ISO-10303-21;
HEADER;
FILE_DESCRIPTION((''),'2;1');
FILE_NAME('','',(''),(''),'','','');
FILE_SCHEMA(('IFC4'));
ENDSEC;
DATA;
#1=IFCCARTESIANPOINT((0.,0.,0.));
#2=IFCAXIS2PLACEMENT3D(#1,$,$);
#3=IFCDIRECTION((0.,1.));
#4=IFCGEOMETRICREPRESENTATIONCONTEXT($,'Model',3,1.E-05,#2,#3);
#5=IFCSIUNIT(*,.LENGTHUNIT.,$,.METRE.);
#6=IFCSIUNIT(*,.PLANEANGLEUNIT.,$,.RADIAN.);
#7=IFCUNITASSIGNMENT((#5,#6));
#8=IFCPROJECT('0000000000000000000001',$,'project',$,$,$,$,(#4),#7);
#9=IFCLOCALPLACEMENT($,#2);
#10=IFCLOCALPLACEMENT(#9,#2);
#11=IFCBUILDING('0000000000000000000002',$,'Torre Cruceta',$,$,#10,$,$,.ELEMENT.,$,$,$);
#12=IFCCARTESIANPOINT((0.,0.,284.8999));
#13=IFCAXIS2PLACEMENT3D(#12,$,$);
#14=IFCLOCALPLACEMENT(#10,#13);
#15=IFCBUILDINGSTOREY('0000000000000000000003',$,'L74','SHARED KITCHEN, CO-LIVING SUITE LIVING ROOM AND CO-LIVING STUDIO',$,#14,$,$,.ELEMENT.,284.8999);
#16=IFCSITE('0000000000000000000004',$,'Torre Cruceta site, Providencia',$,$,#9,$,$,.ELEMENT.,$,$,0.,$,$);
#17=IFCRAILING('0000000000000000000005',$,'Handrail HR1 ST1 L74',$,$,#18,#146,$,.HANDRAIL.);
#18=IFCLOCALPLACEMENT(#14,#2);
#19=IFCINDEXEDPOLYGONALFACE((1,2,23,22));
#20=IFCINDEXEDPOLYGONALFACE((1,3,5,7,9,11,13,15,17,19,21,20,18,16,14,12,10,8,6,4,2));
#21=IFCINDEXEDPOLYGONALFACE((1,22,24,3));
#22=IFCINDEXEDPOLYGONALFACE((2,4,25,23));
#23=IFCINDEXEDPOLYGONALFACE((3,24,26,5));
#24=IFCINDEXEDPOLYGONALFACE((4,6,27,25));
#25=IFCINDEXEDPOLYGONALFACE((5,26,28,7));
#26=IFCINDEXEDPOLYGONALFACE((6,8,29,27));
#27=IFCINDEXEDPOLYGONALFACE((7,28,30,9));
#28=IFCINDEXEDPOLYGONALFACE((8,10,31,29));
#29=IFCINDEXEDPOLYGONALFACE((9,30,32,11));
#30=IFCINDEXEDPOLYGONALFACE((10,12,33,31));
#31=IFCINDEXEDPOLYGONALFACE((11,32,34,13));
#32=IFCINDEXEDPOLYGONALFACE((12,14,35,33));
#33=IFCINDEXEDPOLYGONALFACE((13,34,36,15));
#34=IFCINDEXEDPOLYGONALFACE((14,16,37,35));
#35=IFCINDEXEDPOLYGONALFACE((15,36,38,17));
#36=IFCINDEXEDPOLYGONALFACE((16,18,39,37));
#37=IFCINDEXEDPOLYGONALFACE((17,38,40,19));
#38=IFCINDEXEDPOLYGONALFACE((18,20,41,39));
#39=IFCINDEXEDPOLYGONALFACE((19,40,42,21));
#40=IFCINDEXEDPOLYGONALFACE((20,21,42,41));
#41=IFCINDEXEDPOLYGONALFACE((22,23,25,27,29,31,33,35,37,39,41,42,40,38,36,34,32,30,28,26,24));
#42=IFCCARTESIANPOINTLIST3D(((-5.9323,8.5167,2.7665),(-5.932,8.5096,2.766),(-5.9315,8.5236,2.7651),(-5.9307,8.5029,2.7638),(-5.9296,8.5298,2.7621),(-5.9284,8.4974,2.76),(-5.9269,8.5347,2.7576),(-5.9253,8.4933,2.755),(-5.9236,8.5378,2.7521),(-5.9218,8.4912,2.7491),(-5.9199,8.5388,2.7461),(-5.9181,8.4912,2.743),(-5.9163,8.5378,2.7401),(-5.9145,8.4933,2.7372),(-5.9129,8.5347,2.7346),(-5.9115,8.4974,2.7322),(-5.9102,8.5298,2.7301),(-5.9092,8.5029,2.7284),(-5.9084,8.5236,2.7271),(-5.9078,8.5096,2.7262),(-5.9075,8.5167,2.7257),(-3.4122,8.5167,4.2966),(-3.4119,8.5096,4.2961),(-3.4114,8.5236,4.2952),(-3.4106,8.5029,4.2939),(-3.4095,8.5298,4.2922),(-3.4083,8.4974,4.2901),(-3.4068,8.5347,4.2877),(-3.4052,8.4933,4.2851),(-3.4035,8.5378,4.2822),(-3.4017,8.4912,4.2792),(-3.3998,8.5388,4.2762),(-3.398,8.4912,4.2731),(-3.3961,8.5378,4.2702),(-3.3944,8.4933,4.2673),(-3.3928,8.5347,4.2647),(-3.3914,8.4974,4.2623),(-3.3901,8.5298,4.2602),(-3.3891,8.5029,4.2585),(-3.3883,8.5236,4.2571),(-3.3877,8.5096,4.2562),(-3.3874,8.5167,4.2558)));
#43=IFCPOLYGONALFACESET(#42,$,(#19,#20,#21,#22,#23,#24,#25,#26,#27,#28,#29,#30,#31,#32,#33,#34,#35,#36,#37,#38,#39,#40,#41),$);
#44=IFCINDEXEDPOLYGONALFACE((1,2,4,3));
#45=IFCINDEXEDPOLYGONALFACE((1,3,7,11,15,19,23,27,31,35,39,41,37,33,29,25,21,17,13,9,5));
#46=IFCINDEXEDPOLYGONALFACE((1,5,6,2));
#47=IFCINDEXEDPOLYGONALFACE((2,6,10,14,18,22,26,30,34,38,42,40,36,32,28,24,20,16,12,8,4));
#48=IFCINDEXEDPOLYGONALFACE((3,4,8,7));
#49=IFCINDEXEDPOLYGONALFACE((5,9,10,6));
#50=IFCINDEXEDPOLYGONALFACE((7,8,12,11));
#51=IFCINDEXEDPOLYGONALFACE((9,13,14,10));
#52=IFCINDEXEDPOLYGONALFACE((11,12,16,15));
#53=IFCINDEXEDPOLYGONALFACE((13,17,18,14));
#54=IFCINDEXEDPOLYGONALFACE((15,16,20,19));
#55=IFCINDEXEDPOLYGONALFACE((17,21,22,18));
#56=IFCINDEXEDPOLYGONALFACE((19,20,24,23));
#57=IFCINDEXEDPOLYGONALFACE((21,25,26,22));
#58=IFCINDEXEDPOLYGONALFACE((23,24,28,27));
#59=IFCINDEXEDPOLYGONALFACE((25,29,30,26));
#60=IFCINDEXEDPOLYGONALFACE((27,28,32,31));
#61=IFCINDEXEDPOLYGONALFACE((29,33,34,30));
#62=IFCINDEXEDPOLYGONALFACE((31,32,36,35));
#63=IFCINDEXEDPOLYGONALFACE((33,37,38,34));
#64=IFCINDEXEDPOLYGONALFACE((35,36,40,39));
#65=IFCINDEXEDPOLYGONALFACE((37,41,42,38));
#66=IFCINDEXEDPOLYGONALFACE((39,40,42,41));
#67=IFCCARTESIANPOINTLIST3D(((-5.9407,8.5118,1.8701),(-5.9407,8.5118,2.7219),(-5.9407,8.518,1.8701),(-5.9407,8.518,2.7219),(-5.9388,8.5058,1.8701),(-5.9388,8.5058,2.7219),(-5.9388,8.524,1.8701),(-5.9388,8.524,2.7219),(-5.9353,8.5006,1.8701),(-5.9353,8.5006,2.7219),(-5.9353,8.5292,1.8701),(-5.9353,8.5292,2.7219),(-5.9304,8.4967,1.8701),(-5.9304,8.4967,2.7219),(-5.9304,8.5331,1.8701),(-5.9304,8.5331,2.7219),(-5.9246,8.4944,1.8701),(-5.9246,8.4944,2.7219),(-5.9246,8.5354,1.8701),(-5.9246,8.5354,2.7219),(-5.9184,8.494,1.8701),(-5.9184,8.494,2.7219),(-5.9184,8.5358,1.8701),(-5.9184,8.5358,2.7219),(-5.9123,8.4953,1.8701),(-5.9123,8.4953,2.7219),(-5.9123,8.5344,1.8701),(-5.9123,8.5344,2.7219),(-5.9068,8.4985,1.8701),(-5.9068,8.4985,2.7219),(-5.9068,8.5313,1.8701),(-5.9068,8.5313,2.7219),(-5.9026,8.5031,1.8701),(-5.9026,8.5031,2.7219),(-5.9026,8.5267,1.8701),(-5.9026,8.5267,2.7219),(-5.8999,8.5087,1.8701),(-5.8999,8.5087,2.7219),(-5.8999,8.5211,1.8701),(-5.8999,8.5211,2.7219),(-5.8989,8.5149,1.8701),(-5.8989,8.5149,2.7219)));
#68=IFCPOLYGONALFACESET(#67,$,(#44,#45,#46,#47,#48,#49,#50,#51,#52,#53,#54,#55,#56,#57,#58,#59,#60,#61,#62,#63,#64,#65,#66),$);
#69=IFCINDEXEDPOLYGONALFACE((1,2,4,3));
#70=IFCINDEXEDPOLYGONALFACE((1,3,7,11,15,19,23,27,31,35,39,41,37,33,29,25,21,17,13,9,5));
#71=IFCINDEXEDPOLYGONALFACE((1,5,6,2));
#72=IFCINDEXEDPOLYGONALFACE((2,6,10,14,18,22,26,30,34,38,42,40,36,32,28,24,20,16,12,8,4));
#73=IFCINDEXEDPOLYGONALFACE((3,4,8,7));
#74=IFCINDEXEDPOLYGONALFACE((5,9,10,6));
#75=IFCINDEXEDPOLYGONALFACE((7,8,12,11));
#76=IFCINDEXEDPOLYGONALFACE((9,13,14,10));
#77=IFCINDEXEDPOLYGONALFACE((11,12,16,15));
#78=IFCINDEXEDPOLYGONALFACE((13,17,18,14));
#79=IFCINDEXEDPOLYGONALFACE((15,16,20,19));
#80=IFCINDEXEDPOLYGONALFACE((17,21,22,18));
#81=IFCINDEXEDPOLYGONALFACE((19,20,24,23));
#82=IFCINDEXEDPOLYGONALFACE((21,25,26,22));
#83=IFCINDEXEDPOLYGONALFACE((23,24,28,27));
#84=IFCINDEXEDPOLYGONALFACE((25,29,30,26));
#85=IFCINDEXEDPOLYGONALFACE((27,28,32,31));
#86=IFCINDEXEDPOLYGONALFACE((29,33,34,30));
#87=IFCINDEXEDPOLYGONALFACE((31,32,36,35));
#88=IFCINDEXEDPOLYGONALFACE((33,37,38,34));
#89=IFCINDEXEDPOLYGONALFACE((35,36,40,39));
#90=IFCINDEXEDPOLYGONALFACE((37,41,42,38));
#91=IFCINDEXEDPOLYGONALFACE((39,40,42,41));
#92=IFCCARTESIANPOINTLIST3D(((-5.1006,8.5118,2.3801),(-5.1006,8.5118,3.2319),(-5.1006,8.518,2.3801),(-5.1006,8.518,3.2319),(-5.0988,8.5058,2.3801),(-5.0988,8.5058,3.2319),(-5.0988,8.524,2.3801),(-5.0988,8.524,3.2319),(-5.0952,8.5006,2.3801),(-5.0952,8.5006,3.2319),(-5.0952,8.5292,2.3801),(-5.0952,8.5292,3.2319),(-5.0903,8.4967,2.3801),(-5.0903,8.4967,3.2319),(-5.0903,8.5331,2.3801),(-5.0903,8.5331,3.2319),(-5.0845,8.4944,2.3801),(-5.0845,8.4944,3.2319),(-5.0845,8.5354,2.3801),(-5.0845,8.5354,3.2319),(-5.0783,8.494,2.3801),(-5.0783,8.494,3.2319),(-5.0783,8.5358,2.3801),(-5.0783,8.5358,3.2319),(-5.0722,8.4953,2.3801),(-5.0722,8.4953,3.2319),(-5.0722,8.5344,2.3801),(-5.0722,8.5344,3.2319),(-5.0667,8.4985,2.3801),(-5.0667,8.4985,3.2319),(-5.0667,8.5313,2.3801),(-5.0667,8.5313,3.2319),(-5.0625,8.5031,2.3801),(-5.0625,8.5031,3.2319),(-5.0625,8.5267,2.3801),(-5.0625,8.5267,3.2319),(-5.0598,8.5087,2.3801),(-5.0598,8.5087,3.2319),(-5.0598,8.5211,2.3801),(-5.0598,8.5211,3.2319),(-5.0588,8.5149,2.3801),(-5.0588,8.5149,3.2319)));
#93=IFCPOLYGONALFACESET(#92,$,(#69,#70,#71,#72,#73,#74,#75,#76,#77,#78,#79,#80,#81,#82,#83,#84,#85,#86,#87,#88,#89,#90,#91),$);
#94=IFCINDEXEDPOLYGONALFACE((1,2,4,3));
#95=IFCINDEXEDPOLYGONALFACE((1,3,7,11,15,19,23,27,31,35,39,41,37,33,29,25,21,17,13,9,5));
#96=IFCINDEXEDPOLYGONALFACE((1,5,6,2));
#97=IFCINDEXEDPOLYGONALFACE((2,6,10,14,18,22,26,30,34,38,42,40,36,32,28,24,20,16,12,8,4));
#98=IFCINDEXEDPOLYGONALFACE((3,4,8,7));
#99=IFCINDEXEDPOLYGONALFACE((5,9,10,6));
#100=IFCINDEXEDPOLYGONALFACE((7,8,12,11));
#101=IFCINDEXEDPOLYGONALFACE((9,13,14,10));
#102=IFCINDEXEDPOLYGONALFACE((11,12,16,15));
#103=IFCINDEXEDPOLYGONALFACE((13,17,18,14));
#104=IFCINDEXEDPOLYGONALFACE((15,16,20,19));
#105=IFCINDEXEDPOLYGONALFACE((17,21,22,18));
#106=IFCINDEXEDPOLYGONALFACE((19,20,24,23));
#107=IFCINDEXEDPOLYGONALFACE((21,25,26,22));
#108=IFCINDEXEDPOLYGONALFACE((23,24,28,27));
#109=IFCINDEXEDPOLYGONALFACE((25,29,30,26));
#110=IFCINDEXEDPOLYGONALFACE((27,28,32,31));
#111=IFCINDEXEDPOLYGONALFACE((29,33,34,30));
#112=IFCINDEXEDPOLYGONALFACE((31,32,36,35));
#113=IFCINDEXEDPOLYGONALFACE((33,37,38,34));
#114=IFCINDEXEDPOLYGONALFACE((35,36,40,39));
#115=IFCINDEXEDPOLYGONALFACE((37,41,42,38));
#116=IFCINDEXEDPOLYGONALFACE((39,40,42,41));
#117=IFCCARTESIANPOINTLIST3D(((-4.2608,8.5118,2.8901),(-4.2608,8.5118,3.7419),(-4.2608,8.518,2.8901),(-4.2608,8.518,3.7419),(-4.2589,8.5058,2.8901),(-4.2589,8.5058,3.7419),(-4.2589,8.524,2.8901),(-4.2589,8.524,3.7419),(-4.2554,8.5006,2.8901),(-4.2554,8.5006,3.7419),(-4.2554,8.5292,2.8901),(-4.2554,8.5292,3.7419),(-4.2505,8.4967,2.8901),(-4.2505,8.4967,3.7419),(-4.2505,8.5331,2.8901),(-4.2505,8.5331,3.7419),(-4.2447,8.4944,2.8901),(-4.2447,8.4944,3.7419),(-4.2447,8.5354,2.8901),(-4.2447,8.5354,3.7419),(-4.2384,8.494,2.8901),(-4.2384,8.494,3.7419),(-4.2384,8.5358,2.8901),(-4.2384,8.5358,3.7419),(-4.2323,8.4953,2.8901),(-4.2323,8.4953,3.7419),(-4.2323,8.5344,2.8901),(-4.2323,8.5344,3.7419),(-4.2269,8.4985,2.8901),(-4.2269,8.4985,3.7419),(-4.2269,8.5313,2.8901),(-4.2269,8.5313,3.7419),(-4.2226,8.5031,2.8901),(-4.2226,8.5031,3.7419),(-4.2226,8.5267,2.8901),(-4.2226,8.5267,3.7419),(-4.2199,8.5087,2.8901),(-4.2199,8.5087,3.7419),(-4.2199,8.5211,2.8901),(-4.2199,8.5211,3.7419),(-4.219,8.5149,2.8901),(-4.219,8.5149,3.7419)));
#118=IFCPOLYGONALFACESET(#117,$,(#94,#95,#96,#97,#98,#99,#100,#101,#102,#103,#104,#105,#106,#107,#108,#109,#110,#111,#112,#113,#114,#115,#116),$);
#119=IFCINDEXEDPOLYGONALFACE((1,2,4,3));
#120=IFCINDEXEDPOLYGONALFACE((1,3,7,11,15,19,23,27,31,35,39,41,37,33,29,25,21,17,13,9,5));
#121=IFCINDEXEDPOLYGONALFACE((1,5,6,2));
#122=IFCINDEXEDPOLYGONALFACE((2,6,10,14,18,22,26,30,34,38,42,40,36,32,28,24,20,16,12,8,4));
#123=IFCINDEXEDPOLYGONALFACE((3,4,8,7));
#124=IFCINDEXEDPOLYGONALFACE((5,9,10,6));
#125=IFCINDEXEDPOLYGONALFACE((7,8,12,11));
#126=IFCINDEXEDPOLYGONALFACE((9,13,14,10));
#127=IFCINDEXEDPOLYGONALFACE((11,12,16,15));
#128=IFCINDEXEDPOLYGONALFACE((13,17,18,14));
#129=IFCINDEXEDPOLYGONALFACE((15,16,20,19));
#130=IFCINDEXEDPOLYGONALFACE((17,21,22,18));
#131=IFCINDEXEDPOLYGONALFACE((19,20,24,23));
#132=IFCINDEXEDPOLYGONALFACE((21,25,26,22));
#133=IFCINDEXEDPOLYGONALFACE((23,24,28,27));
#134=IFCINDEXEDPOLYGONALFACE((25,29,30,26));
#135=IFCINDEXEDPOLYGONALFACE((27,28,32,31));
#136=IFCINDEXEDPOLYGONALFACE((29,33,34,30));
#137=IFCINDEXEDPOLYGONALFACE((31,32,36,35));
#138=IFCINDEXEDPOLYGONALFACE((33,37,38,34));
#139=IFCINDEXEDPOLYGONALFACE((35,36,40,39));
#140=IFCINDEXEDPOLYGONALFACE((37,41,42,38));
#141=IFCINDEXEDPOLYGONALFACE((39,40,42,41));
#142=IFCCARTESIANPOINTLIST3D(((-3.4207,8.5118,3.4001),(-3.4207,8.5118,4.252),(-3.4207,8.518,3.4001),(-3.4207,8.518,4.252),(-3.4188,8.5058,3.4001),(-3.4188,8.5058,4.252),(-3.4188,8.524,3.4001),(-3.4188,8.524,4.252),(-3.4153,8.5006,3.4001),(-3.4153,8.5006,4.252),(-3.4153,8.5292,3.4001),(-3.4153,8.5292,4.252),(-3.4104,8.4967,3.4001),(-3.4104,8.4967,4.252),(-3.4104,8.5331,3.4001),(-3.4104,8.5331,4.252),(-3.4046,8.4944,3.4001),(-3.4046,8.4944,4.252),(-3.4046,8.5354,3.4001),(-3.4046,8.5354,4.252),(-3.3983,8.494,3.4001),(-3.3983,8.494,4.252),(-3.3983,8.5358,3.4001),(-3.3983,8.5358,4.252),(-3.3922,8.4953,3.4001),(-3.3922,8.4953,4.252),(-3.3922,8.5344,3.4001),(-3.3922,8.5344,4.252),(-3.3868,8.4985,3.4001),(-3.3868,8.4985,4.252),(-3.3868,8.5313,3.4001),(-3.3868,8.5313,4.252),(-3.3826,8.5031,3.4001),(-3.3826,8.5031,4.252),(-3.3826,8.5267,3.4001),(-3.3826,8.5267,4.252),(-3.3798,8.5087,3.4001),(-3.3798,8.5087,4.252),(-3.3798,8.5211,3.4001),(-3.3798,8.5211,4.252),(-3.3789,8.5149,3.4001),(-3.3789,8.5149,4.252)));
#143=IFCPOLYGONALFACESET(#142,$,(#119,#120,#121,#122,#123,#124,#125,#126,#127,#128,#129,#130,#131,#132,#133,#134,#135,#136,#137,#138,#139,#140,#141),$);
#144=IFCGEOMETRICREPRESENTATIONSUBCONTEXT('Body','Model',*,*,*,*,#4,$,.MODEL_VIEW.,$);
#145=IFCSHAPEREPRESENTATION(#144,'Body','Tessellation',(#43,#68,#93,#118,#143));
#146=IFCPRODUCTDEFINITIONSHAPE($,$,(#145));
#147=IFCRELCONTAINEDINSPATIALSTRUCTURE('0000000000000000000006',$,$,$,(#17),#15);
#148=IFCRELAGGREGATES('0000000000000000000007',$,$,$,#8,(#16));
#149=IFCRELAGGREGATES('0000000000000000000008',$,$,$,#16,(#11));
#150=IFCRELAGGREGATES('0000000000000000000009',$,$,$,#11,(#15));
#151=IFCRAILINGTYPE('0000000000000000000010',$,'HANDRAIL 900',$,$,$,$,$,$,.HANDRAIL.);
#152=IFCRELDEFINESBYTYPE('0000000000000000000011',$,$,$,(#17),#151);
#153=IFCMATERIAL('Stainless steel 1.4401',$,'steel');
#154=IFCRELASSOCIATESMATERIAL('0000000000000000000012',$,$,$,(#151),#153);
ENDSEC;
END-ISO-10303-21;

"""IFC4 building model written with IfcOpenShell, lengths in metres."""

from ifc_helpers import new_model, si_unit, direction, frame, origin, origin_2d, place, context, subcontext, project, spatial, circle, extrude, material, type_object, element, save


model = new_model("IFC4")

# Units and contexts
model_context = context("Model", 3, precision=1e-05, world=origin(), true_north=direction((0.0, 1.0)))
body_context = subcontext(model_context, "Body", "Model", "MODEL_VIEW")
ifc_project = project(units=[si_unit("LENGTHUNIT", "METRE"), si_unit("PLANEANGLEUNIT", "RADIAN")], contexts=[model_context])

# Site, building, storey
site_placement = place(None, origin())
site = spatial("IfcSite", under=ifc_project, at=site_placement, Name="Torre Cruceta site, Providencia", CompositionType="ELEMENT", RefElevation=0.0)
building_placement = place(site_placement, origin())
building = spatial("IfcBuilding", under=site, at=building_placement, Name="Torre Cruceta", CompositionType="ELEMENT")
storey_placement = place(building_placement, frame((0.0, 0.0, 284.8999)))
storey = spatial("IfcBuildingStorey", under=building, at=storey_placement, Name="L74", Description="SHARED KITCHEN, CO-LIVING SUITE LIVING ROOM AND CO-LIVING STUDIO", CompositionType="ELEMENT", Elevation=284.8999)

# Railing
ifc_material_1 = material(Name="Stainless steel 1.4401", Category="steel")
railing_type = type_object("IfcRailingType", Name="HANDRAIL 900", PredefinedType="HANDRAIL", material=ifc_material_1)
railing_placement = place(storey_placement, frame((-5.9199, 8.5149, 1.8701)))
element("IfcRailing", 1, at=railing_placement, inside=storey, type_object=railing_type, Name="Handrail HR1 ST1 L74", PredefinedType="HANDRAIL", context=body_context, shape_type="SweptSolid", body=[
    extrude(circle(Radius=0.0239, at=origin_2d()), frame((0.0, 0.0, 0.876), z_axis=(0.854785, 0.0, 0.518982), x_axis=(0.0, 1.0, 0.0)), (0.0, 0.0, 1.0), 2.9482),
    extrude(circle(Radius=0.021, at=origin_2d()), origin(), (0.0, 0.0, 1.0), 0.8518),
    extrude(circle(Radius=0.021, at=origin_2d()), frame((0.8401, 0.0, 0.51)), (0.0, 0.0, 1.0), 0.8518),
    extrude(circle(Radius=0.021, at=origin_2d()), frame((1.6799, 0.0, 1.02)), (0.0, 0.0, 1.0), 0.8518),
    extrude(circle(Radius=0.021, at=origin_2d()), frame((2.52, 0.0, 1.53)), (0.0, 0.0, 1.0), 0.8518),
])

save(model, "model.ifc")
